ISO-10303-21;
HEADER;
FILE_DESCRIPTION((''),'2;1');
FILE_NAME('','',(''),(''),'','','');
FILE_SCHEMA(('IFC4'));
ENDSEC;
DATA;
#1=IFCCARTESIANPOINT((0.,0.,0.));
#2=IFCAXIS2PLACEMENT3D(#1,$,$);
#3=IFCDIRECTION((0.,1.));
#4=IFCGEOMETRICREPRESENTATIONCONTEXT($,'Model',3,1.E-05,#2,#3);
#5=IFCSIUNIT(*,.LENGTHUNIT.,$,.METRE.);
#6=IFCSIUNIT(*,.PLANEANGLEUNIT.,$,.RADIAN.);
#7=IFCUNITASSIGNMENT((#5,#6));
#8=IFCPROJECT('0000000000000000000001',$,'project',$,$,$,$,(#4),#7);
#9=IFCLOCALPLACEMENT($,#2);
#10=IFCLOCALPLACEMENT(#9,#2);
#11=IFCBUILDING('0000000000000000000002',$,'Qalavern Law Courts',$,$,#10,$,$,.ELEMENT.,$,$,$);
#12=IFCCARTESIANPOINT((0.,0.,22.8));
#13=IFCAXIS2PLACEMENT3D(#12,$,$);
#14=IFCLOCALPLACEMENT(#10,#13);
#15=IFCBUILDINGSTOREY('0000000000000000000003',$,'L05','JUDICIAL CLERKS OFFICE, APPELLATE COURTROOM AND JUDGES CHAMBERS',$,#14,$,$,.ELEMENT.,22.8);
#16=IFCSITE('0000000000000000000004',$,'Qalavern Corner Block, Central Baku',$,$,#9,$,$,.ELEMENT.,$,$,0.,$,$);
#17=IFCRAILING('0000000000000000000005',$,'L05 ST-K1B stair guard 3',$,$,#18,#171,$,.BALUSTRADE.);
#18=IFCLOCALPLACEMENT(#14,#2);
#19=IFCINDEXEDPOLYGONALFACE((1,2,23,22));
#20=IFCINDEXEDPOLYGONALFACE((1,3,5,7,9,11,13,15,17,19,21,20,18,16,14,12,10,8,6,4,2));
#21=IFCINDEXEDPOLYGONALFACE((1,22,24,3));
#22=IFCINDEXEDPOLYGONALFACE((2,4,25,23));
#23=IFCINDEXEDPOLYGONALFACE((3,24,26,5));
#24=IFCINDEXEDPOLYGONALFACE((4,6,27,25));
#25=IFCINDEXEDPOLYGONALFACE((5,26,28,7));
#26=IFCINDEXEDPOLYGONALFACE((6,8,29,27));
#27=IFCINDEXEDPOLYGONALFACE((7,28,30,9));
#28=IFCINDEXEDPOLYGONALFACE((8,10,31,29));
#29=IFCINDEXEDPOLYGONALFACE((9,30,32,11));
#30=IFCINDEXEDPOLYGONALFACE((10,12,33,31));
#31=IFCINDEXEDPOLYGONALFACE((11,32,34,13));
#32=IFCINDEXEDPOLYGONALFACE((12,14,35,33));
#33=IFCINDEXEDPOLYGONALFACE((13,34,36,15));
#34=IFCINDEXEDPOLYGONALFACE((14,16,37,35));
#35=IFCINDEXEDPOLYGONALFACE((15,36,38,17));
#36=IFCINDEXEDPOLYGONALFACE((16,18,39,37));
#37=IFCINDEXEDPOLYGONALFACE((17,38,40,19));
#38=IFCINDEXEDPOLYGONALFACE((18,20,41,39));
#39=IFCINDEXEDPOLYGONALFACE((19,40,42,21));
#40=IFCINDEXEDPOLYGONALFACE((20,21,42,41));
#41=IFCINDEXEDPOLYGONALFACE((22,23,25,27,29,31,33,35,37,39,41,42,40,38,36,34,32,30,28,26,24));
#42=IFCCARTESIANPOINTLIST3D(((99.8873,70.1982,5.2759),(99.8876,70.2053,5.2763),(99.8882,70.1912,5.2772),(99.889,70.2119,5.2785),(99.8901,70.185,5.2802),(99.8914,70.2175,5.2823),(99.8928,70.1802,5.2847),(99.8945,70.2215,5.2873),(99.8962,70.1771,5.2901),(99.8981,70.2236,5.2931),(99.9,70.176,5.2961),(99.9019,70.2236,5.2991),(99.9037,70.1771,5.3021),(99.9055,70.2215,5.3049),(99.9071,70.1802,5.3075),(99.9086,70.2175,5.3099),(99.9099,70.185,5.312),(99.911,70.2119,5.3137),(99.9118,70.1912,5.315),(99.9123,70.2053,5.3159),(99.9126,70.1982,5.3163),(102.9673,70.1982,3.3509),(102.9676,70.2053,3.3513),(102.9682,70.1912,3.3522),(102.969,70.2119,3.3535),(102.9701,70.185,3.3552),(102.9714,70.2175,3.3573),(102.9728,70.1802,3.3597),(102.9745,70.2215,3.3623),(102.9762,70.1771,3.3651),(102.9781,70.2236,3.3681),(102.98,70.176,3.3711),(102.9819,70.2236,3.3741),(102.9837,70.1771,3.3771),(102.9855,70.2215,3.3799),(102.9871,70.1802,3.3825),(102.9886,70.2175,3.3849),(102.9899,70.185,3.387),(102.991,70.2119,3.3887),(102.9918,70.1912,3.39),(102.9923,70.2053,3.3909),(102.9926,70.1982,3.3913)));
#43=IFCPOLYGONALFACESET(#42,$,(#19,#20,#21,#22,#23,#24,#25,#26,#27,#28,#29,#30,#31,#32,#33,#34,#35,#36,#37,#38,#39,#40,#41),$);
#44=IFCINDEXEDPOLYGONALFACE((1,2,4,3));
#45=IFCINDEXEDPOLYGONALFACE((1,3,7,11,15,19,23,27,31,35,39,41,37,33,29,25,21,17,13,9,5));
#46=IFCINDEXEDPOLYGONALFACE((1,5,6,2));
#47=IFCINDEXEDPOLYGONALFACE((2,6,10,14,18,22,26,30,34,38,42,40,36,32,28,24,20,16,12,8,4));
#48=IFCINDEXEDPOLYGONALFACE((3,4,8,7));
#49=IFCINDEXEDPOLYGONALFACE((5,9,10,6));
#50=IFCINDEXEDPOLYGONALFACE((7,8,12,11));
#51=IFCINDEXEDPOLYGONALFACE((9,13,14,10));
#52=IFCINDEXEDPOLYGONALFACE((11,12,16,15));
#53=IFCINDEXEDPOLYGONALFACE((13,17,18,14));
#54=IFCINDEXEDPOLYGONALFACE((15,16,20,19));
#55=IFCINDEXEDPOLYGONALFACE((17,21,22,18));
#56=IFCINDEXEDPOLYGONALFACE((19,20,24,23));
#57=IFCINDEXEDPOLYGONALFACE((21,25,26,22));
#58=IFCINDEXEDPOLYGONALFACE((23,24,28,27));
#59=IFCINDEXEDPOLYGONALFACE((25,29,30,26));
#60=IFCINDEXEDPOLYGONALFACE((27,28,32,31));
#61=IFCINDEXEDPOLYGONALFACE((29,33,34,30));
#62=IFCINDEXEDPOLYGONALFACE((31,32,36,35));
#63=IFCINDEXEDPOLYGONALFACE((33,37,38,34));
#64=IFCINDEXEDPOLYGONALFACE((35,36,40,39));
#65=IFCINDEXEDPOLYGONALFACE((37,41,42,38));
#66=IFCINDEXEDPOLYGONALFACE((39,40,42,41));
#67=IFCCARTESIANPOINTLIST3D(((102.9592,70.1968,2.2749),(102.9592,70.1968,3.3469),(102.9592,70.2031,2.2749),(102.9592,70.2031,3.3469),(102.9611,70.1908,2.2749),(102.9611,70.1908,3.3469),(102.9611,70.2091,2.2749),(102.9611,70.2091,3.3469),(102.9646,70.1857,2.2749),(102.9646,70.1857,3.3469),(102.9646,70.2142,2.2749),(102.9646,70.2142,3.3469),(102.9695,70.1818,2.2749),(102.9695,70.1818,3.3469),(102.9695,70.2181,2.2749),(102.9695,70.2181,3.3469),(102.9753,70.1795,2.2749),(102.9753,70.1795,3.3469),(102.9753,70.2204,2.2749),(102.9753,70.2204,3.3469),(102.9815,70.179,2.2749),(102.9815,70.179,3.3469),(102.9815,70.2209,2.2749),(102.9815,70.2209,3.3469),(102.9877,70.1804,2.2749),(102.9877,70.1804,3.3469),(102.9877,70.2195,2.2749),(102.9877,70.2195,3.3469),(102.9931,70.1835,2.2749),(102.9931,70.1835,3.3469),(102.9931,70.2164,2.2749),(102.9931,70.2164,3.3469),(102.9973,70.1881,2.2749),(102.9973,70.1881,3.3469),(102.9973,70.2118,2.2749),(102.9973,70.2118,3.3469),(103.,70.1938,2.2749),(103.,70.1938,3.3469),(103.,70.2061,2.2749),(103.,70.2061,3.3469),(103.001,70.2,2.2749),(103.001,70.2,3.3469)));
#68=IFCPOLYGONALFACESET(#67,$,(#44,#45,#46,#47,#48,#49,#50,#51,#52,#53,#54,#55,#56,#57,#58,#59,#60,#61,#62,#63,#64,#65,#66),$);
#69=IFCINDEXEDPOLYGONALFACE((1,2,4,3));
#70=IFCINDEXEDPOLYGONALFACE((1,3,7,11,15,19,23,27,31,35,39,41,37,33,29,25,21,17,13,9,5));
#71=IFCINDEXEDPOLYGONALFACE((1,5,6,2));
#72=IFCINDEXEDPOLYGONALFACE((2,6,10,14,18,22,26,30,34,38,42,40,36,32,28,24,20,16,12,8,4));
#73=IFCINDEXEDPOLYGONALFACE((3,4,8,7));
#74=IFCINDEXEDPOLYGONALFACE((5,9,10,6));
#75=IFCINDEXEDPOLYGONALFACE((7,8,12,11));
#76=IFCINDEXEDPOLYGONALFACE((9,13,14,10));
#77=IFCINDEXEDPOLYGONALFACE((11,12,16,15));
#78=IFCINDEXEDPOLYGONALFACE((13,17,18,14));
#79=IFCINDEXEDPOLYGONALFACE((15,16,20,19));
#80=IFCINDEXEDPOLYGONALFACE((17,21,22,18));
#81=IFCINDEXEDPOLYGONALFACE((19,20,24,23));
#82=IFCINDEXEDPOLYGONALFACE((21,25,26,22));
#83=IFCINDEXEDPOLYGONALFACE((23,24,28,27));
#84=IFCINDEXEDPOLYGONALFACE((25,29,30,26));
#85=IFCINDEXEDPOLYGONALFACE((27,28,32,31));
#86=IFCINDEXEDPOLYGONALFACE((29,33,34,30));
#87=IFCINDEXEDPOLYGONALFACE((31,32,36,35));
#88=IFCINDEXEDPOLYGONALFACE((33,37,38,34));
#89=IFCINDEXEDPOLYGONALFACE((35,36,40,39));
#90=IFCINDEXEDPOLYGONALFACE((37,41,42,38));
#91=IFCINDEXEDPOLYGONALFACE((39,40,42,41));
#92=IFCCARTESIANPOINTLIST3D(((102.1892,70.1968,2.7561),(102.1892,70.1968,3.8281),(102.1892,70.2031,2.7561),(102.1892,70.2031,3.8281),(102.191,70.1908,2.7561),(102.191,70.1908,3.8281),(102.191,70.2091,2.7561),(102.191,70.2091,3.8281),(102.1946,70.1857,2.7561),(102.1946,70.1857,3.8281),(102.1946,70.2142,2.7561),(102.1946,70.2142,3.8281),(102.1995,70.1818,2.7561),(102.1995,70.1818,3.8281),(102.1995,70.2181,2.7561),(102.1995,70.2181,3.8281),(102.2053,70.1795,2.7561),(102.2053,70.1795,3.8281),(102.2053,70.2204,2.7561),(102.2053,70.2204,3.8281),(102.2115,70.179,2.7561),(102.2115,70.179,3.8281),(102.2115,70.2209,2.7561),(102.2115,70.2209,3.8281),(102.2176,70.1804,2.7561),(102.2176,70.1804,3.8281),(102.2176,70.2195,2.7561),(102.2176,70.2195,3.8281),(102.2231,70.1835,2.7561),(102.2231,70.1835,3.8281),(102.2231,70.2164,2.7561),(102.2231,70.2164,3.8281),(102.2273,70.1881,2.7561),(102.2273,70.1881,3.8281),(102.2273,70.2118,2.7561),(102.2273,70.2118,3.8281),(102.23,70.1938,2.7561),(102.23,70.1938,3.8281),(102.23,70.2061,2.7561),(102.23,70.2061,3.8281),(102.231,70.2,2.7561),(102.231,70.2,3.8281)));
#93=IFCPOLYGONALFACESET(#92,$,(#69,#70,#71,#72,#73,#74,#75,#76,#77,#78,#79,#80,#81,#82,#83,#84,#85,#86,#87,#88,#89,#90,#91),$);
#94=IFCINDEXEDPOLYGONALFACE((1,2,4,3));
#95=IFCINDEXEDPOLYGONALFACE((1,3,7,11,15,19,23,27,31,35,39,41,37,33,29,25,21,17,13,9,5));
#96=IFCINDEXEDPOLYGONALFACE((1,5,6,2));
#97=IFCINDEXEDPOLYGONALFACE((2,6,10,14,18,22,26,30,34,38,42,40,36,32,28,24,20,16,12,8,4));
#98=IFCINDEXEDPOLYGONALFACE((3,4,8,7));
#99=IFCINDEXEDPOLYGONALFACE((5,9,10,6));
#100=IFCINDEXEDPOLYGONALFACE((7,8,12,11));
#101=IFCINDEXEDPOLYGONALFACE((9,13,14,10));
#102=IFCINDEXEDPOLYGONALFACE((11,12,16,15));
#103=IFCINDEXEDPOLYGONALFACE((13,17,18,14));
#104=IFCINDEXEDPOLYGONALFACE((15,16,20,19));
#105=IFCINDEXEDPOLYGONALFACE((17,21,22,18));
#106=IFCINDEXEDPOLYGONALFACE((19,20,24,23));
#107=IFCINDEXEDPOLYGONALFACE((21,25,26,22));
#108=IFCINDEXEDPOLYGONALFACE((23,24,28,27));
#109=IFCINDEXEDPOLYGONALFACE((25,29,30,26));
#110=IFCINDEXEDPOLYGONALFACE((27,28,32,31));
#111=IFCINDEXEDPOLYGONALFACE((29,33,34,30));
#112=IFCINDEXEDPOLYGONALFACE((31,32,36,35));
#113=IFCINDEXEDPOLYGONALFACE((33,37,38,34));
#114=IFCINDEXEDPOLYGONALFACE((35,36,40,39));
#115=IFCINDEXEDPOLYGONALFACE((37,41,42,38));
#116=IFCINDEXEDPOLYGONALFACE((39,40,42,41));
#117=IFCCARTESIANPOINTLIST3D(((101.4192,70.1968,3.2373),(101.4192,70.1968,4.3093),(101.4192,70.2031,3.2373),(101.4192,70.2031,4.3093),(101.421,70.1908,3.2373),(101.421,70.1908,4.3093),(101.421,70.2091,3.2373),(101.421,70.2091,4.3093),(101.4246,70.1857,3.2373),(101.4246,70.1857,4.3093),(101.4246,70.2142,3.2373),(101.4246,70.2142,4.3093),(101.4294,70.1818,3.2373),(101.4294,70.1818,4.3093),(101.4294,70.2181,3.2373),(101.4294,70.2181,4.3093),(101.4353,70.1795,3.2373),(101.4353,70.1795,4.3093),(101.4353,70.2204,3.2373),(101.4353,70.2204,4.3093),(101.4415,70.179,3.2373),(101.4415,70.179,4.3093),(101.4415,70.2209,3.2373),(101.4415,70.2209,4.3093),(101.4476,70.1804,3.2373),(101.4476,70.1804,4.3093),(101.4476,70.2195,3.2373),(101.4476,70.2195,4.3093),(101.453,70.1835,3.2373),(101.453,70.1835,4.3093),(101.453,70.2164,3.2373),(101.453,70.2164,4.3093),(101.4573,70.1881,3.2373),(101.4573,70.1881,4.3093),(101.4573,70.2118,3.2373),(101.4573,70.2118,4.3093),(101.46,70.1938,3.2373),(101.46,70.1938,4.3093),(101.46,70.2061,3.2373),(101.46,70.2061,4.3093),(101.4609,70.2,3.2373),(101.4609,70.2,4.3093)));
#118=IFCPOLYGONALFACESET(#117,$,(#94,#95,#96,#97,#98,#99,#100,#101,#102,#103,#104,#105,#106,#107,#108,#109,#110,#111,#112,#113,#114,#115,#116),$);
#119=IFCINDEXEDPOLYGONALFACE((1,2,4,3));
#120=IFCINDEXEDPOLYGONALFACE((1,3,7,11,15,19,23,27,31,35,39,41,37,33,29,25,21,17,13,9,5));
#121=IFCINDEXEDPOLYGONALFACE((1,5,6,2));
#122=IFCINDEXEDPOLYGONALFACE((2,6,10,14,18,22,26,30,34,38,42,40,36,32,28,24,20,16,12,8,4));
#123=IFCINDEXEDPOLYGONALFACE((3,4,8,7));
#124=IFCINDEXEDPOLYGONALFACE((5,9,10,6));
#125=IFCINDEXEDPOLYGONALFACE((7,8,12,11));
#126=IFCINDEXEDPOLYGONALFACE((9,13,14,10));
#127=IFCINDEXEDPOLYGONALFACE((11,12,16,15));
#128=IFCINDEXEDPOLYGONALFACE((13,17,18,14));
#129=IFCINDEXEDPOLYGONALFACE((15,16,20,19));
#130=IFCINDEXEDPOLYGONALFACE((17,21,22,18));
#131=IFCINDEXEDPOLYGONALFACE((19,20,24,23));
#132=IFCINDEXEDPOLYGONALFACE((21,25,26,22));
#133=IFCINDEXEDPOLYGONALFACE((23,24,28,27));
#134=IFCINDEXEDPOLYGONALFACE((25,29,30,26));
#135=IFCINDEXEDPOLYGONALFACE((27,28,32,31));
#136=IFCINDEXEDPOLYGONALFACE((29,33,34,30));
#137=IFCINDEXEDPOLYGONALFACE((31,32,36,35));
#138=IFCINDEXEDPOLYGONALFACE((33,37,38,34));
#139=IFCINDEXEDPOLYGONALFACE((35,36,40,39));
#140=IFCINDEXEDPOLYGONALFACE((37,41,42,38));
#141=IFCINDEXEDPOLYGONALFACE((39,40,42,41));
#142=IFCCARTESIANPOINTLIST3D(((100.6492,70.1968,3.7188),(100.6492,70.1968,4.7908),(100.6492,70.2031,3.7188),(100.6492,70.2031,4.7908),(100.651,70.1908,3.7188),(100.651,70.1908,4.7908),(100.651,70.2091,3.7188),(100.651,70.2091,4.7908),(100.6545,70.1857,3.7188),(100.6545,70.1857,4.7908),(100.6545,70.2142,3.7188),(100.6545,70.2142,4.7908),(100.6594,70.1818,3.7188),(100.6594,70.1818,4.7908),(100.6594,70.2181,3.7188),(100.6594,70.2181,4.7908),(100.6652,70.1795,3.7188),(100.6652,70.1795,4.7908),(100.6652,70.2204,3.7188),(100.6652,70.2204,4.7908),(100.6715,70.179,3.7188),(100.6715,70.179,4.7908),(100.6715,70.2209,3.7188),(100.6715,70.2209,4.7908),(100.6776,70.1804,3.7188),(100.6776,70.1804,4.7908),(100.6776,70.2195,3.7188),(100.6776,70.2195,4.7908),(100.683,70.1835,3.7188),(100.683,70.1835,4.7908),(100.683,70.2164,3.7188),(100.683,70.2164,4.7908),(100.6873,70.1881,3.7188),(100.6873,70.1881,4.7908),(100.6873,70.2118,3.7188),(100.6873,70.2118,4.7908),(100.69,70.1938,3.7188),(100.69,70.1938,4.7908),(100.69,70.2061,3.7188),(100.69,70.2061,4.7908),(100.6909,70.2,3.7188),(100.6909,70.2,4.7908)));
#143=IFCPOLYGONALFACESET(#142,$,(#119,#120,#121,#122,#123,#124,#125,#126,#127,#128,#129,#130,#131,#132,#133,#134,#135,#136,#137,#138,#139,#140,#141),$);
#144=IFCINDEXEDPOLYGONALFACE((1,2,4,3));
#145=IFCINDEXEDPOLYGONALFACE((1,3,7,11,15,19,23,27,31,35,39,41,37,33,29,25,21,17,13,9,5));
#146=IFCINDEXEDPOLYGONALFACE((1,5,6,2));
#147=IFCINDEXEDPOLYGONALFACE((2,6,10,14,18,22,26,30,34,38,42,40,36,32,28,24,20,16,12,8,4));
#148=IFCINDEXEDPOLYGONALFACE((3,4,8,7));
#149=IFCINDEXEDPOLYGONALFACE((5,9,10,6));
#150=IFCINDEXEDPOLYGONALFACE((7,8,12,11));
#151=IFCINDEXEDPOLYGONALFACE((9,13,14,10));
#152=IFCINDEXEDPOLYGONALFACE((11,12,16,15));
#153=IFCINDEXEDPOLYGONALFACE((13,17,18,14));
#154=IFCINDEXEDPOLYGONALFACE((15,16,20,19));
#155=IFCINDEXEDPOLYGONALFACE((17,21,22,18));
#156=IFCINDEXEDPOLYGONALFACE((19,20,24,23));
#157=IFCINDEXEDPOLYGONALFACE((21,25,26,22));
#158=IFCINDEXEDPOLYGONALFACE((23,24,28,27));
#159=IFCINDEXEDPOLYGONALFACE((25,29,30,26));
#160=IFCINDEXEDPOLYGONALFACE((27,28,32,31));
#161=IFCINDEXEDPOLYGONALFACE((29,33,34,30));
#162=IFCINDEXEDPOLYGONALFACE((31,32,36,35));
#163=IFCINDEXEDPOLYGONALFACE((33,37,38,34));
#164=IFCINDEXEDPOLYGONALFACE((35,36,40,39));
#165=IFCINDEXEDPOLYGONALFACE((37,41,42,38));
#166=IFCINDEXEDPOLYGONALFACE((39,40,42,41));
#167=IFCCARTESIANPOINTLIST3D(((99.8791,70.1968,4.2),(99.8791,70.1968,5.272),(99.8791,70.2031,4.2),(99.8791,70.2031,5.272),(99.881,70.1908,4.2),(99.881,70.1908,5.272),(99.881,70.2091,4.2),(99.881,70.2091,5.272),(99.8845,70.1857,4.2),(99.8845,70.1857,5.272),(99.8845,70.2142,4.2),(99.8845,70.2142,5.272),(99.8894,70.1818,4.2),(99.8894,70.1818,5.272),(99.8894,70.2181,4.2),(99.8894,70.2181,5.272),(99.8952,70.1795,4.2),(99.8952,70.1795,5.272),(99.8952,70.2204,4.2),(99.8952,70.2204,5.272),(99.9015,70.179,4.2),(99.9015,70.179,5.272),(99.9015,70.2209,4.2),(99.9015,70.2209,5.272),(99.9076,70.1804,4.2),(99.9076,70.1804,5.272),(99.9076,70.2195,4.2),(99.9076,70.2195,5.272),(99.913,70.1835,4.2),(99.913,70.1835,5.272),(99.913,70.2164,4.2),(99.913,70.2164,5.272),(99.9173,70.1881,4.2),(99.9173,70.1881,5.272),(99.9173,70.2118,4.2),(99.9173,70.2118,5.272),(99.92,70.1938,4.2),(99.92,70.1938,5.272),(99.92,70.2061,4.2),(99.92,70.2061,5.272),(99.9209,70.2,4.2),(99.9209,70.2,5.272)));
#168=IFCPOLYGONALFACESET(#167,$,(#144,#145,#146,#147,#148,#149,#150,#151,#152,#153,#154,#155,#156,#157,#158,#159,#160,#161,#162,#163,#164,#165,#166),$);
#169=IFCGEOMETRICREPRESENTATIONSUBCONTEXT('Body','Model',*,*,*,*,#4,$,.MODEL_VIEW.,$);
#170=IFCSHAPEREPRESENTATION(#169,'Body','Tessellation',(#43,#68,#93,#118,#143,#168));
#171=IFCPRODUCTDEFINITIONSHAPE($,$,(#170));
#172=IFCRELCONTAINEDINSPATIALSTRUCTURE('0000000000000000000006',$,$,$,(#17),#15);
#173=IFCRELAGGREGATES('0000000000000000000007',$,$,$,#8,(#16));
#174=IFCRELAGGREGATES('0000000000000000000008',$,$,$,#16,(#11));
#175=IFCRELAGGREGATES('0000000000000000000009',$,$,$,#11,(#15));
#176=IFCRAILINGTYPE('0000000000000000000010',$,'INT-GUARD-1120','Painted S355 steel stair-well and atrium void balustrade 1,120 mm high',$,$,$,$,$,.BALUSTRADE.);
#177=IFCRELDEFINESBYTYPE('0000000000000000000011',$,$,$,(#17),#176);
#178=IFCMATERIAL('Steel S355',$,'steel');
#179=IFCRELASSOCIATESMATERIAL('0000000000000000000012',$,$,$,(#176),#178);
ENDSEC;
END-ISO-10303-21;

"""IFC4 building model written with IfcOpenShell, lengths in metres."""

from ifc_helpers import new_model, si_unit, direction, frame, origin, origin_2d, place, context, subcontext, project, spatial, circle, extrude, material, type_object, element, save


model = new_model("IFC4")

# Units and contexts
model_context = context("Model", 3, precision=1e-05, world=origin(), true_north=direction((0.0, 1.0)))
body_context = subcontext(model_context, "Body", "Model", "MODEL_VIEW")
ifc_project = project(units=[si_unit("LENGTHUNIT", "METRE"), si_unit("PLANEANGLEUNIT", "RADIAN")], contexts=[model_context])

# Site, building, storey
site_placement = place(None, origin())
site = spatial("IfcSite", under=ifc_project, at=site_placement, Name="Qalavern Corner Block, Central Baku", CompositionType="ELEMENT", RefElevation=0.0)
building_placement = place(site_placement, origin())
building = spatial("IfcBuilding", under=site, at=building_placement, Name="Qalavern Law Courts", CompositionType="ELEMENT")
storey_placement = place(building_placement, frame((0.0, 0.0, 22.8)))
storey = spatial("IfcBuildingStorey", under=building, at=storey_placement, Name="L05", Description="JUDICIAL CLERKS OFFICE, APPELLATE COURTROOM AND JUDGES CHAMBERS", CompositionType="ELEMENT", Elevation=22.8)

# Shared definitions
ifc_material_1 = material(Name="Steel S355", Category="steel")

# Railing
railing_type_1 = type_object("IfcRailingType", Name="INT-GUARD-1120", Description="Painted S355 steel stair-well and atrium void balustrade 1,120 mm high", PredefinedType="BALUSTRADE", material=ifc_material_1)
railing_1_placement = place(storey_placement, frame((102.98, 70.2, 2.2749)))
element("IfcRailing", 1, at=railing_1_placement, inside=storey, type_object=railing_type_1, Name="L05 ST-K1B stair guard 3", PredefinedType="BALUSTRADE", context=body_context, shape_type="SweptSolid", body=[
    extrude(circle(Radius=0.0239, at=origin_2d()), frame((0.0, 0.0, 1.0962), z_axis=(-0.847998, 0.0, 0.529999), x_axis=(0.0, -1.0, 0.0)), (0.0, 0.0, 1.0), 3.6321),
    extrude(circle(Radius=0.021, at=origin_2d()), origin(), (0.0, 0.0, 1.0), 1.072),
    extrude(circle(Radius=0.021, at=origin_2d()), frame((-0.77, 0.0, 0.4812)), (0.0, 0.0, 1.0), 1.072),
    extrude(circle(Radius=0.021, at=origin_2d()), frame((-1.54, 0.0, 0.9624)), (0.0, 0.0, 1.0), 1.072),
    extrude(circle(Radius=0.021, at=origin_2d()), frame((-2.3101, 0.0, 1.4438)), (0.0, 0.0, 1.0), 1.072),
    extrude(circle(Radius=0.021, at=origin_2d()), frame((-3.0801, 0.0, 1.925)), (0.0, 0.0, 1.0), 1.072),
])

save(model, "model.ifc")
